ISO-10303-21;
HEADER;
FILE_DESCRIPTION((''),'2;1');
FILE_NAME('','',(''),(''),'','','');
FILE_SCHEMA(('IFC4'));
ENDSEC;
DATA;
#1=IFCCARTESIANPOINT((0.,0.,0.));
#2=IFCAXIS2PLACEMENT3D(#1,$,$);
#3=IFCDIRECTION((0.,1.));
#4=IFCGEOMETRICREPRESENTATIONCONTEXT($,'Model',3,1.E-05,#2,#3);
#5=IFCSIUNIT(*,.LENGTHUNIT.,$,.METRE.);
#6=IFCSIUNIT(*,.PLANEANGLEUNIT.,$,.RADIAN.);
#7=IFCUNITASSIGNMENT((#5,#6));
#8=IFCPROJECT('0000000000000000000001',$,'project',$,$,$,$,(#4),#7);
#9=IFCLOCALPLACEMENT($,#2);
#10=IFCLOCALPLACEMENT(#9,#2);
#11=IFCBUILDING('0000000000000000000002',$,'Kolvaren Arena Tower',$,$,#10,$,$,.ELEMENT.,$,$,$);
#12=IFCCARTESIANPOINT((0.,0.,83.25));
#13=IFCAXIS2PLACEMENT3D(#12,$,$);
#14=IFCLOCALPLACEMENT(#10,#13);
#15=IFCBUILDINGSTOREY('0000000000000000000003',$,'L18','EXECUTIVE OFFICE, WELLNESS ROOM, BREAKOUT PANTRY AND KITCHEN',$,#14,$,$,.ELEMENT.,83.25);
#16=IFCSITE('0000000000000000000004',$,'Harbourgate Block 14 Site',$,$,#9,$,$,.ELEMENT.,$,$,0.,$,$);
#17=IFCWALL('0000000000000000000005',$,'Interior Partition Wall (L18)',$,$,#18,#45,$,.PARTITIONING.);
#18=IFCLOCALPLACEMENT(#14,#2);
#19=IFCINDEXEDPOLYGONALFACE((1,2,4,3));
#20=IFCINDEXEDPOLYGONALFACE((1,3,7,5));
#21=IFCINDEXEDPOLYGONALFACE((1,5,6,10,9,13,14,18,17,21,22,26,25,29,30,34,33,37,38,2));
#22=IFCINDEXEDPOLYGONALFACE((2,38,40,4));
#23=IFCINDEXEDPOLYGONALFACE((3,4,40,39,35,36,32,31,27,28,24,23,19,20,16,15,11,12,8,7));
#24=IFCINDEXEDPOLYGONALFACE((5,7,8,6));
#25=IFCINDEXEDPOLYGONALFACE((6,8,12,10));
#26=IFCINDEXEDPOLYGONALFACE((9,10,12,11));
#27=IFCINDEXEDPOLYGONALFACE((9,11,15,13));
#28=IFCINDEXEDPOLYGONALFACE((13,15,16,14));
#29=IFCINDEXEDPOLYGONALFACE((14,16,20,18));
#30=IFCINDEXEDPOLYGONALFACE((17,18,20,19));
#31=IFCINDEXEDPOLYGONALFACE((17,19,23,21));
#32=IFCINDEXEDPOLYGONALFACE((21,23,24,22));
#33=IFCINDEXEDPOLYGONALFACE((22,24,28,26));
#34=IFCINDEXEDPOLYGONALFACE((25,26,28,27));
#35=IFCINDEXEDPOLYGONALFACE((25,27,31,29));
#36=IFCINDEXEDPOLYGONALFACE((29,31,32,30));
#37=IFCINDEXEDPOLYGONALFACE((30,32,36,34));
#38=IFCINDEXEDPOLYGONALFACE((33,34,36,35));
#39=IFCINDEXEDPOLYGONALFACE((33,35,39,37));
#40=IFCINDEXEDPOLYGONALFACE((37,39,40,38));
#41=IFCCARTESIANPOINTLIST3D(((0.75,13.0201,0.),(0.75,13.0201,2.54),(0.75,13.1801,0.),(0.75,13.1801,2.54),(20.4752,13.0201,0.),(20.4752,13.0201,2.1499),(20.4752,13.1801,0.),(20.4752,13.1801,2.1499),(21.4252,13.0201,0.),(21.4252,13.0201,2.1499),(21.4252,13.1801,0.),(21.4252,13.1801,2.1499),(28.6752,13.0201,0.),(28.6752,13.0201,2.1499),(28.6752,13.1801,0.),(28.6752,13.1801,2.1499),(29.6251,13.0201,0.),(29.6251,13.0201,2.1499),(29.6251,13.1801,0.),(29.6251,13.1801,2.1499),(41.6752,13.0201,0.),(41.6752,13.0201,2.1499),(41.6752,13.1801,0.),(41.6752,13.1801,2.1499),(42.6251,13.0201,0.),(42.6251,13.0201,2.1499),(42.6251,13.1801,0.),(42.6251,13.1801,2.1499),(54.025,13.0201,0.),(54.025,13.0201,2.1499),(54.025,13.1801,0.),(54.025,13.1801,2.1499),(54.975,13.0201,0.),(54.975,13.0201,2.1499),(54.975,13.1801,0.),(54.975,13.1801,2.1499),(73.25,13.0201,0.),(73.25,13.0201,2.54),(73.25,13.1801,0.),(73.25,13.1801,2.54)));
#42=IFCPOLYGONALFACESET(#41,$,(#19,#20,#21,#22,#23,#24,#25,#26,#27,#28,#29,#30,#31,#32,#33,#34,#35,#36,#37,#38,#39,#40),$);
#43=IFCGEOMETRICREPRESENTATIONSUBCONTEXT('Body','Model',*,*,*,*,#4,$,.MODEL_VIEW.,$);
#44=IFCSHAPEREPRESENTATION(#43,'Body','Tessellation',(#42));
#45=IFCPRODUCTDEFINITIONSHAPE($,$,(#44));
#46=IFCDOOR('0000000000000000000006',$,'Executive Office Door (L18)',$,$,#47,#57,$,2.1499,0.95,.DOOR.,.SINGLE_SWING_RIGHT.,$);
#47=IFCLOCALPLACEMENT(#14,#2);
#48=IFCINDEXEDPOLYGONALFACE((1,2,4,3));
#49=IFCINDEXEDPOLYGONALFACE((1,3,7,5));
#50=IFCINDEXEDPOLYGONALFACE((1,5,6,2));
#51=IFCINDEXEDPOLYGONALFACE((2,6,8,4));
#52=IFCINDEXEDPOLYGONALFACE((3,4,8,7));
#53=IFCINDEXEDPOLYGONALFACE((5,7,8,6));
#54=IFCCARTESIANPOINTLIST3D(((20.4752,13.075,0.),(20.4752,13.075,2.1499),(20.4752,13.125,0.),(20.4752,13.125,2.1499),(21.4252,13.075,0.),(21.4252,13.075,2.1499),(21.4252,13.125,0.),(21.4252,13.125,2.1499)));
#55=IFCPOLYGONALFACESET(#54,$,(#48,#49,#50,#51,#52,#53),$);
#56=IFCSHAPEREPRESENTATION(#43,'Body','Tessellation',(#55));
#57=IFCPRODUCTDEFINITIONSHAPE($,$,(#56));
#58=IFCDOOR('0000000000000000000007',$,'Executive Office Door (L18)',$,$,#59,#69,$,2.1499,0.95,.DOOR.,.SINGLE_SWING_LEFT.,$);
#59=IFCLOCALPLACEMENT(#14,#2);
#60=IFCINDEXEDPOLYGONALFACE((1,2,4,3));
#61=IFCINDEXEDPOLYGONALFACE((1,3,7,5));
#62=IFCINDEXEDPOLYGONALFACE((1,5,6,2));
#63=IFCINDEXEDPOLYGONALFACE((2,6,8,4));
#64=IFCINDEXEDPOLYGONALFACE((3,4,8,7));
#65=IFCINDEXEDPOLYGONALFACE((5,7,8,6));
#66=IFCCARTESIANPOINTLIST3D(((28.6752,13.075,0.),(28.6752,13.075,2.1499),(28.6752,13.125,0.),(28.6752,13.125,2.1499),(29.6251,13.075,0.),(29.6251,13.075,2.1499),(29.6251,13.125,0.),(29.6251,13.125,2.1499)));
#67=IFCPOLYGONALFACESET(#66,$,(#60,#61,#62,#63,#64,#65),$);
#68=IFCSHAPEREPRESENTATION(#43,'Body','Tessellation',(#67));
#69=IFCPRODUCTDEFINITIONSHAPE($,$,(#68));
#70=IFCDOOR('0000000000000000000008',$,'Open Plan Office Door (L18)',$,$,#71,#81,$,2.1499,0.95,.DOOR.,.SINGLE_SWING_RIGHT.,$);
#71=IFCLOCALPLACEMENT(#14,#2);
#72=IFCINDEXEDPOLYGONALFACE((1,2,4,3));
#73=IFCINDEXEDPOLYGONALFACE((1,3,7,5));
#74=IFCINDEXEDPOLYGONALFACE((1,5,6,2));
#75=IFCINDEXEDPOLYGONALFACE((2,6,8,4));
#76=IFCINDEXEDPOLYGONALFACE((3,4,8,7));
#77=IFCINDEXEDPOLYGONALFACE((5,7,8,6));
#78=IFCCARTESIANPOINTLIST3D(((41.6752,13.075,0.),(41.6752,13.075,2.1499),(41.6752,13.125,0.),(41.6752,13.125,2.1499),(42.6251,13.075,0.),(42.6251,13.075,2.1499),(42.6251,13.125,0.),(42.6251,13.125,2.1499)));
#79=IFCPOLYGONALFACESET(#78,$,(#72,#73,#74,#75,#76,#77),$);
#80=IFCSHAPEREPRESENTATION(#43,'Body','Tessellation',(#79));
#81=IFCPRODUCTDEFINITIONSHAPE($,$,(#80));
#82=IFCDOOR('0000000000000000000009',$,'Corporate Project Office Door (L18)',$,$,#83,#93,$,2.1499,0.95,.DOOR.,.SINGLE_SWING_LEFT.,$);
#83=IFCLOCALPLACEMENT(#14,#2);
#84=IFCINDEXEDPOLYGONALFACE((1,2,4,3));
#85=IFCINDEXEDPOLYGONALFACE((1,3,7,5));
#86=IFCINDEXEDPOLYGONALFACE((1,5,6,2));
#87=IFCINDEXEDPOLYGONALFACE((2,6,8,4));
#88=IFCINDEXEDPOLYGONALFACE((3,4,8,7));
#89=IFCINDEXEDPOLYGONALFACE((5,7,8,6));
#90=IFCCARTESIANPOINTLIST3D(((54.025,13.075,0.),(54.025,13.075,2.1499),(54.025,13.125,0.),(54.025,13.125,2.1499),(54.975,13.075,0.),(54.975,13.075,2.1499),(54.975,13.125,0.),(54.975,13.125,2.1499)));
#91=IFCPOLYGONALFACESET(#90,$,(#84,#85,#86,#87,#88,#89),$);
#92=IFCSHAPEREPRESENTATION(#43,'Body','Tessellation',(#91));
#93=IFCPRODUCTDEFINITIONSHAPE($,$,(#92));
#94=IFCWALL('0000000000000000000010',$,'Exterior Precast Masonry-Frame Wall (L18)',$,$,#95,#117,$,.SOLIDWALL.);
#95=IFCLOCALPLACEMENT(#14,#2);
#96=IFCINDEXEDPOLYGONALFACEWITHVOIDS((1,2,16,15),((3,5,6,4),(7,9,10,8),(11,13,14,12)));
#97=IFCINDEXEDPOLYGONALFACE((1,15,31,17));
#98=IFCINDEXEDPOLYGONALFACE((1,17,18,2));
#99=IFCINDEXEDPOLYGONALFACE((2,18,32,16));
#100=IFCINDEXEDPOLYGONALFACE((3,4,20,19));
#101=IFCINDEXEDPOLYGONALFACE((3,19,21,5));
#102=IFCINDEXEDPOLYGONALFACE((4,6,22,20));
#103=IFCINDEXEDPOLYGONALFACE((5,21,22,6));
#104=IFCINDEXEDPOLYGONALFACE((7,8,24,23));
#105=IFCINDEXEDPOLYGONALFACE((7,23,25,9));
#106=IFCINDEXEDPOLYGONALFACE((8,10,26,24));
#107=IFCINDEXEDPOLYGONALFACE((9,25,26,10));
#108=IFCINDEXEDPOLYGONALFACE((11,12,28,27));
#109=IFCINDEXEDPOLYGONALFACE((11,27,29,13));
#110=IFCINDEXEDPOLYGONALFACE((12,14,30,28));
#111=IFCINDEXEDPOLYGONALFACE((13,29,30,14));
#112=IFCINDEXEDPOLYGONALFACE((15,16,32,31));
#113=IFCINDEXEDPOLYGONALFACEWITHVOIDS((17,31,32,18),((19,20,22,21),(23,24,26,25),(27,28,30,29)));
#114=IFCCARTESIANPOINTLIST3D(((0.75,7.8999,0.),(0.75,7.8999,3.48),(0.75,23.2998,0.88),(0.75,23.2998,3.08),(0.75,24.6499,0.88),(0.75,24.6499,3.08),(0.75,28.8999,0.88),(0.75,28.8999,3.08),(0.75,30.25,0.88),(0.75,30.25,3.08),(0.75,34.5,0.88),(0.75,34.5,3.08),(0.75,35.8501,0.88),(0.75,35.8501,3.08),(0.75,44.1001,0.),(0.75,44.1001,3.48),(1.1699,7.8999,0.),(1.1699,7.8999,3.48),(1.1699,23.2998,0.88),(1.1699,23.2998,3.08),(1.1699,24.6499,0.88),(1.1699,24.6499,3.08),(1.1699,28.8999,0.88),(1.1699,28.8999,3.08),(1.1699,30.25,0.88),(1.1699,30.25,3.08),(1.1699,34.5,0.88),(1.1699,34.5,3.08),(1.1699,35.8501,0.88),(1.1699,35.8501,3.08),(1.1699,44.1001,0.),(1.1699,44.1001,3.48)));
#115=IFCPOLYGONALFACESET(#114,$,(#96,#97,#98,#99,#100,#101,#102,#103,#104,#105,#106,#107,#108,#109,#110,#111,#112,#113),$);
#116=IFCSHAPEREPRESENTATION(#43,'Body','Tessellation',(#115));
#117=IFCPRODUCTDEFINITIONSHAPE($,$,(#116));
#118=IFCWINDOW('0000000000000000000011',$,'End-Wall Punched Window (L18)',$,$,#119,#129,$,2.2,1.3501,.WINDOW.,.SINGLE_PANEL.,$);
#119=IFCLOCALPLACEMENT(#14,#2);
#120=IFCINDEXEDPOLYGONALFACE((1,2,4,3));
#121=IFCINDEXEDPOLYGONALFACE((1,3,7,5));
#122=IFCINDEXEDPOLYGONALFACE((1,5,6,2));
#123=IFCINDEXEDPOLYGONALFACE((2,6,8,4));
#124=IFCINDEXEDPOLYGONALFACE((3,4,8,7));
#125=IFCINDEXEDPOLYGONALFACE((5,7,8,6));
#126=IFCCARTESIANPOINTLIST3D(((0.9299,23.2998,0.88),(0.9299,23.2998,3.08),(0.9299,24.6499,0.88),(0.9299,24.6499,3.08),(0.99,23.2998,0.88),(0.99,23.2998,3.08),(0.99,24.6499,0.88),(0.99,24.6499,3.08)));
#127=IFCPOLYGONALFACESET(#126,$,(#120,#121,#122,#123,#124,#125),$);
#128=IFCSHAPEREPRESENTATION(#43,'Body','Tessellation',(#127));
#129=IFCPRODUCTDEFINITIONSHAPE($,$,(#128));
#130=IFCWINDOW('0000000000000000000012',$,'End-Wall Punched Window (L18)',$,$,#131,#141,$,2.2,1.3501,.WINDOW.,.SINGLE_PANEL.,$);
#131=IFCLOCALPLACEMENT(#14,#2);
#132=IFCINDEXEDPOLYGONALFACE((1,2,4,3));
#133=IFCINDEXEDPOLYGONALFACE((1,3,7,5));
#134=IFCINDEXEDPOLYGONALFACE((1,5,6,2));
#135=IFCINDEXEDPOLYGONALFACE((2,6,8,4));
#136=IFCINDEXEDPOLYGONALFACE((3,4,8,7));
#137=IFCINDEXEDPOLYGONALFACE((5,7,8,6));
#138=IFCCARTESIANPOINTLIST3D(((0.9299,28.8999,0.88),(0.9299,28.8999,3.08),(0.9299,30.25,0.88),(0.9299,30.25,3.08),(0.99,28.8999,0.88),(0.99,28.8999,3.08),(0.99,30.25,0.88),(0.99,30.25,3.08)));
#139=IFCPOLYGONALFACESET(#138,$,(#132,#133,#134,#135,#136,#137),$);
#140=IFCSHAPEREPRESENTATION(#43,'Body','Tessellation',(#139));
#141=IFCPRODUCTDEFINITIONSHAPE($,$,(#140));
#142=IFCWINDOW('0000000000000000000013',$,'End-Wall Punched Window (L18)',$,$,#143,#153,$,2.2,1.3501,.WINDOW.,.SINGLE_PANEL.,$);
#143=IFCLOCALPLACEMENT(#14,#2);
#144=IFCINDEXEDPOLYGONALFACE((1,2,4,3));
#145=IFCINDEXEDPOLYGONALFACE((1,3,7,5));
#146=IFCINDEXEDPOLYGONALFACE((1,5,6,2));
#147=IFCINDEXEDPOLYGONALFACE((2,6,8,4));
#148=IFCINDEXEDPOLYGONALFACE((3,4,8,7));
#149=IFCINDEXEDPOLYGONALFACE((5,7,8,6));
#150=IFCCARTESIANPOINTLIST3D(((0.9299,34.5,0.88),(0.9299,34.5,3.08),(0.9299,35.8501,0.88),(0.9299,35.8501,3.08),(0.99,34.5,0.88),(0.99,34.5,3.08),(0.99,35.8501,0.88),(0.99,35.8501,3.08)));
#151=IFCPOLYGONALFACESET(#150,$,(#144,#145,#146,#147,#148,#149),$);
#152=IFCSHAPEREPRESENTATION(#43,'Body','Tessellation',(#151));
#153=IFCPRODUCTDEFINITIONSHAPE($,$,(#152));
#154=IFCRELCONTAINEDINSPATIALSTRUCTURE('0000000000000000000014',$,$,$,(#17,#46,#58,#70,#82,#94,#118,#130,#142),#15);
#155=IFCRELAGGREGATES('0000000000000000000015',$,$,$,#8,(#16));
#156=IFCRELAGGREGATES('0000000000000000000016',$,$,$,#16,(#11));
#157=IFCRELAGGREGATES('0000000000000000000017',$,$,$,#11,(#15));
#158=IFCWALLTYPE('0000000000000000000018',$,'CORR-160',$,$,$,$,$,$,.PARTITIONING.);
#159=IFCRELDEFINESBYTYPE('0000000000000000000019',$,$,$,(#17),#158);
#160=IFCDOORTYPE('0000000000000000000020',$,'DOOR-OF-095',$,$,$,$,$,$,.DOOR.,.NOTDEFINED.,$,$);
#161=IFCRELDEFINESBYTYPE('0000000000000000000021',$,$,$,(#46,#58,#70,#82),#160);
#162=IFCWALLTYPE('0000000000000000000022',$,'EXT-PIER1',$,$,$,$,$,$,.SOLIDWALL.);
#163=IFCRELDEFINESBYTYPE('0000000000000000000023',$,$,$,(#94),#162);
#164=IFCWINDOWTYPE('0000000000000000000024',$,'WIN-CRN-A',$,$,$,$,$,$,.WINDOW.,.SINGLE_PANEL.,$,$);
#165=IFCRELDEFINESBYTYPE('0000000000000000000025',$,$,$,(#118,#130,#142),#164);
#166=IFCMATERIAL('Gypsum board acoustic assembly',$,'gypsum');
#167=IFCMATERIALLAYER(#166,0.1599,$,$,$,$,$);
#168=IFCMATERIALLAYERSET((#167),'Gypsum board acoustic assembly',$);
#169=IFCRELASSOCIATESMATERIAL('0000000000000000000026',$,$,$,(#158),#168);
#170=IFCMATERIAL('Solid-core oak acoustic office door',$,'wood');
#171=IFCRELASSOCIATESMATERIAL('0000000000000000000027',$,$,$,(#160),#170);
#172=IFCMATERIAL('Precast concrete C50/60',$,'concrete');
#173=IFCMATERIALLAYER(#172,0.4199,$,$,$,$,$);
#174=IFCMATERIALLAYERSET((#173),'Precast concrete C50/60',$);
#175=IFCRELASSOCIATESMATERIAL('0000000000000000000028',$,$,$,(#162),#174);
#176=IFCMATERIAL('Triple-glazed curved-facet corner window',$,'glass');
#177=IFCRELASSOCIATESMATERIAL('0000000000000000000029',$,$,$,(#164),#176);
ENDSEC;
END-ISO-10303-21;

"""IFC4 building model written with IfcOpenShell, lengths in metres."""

from ifc_helpers import new_model, si_unit, direction, frame, frame_2d, origin, place, context, subcontext, project, spatial, rectangle, extrude, material, layer, layer_set, type_object, element, fill, save


model = new_model("IFC4")

# Units and contexts
model_context = context("Model", 3, precision=1e-05, world=origin(), true_north=direction((0.0, 1.0)))
body_context = subcontext(model_context, "Body", "Model", "MODEL_VIEW")
ifc_project = project(units=[si_unit("LENGTHUNIT", "METRE"), si_unit("PLANEANGLEUNIT", "RADIAN")], contexts=[model_context])

# Site, building, storey
site_placement = place(None, origin())
site = spatial("IfcSite", under=ifc_project, at=site_placement, Name="Harbourgate Block 14 Site", CompositionType="ELEMENT", RefElevation=0.0)
building_placement = place(site_placement, origin())
building = spatial("IfcBuilding", under=site, at=building_placement, Name="Kolvaren Arena Tower", CompositionType="ELEMENT")
storey_placement = place(building_placement, frame((0.0, 0.0, 83.25)))
storey = spatial("IfcBuildingStorey", under=building, at=storey_placement, Name="L18", Description="EXECUTIVE OFFICE, WELLNESS ROOM, BREAKOUT PANTRY AND KITCHEN", CompositionType="ELEMENT", Elevation=83.25)

# Wall, openings, doors
ifc_material_1 = material(Name="Gypsum board acoustic assembly", Category="gypsum")
ifc_layer_1 = layer(ifc_material_1, 0.1599)
ifc_layer_set_1 = layer_set([ifc_layer_1], Name="Gypsum board acoustic assembly")
wall_type_1 = type_object("IfcWallType", Name="CORR-160", PredefinedType="PARTITIONING", material=ifc_layer_set_1)
wall_1_placement = place(storey_placement, frame((0.75, 13.1001, 0.0), z_axis=(0.0, 0.0, 1.0), x_axis=(1.0, 0.0, 0.0)))
wall_1 = element("IfcWall", 1, at=wall_1_placement, inside=storey, type_object=wall_type_1, Name="Interior Partition Wall (L18)", PredefinedType="PARTITIONING", context=body_context, shape_type="SweptSolid", body=[
    extrude(rectangle(XDim=72.5, YDim=0.1599, at=frame_2d((36.25, 0.0))), origin(), (0.0, 0.0, 1.0), 2.54),
])
opening_1_placement = place(wall_1_placement, frame((19.7251, 0.0, 0.0)))
opening_1 = element("IfcOpeningElement", 2, at=opening_1_placement, cuts=wall_1, PredefinedType="OPENING", context=body_context, shape_type="SweptSolid", body=[
    extrude(rectangle(XDim=0.95, YDim=2.1499, at=frame_2d((0.4751, 1.075))), frame((0.0, 0.0898, 0.0), z_axis=(0.0, -1.0, 0.0), x_axis=(1.0, 0.0, 0.0)), (0.0, 0.0, 1.0), 0.1799),
])
opening_2_placement = place(wall_1_placement, frame((27.925, 0.0, 0.0)))
opening_2 = element("IfcOpeningElement", 3, at=opening_2_placement, cuts=wall_1, PredefinedType="OPENING", context=body_context, shape_type="SweptSolid", body=[
    extrude(rectangle(XDim=0.95, YDim=2.1499, at=frame_2d((0.4751, 1.075))), frame((0.0, 0.0898, 0.0), z_axis=(0.0, -1.0, 0.0), x_axis=(1.0, 0.0, 0.0)), (0.0, 0.0, 1.0), 0.1799),
])
opening_3_placement = place(wall_1_placement, frame((40.925, 0.0, 0.0)))
opening_3 = element("IfcOpeningElement", 4, at=opening_3_placement, cuts=wall_1, PredefinedType="OPENING", context=body_context, shape_type="SweptSolid", body=[
    extrude(rectangle(XDim=0.95, YDim=2.1499, at=frame_2d((0.4751, 1.075))), frame((0.0, 0.0898, 0.0), z_axis=(0.0, -1.0, 0.0), x_axis=(1.0, 0.0, 0.0)), (0.0, 0.0, 1.0), 0.1799),
])
opening_4_placement = place(wall_1_placement, frame((53.2749, 0.0, 0.0)))
opening_4 = element("IfcOpeningElement", 5, at=opening_4_placement, cuts=wall_1, PredefinedType="OPENING", context=body_context, shape_type="SweptSolid", body=[
    extrude(rectangle(XDim=0.95, YDim=2.1499, at=frame_2d((0.4751, 1.075))), frame((0.0, 0.0898, 0.0), z_axis=(0.0, -1.0, 0.0), x_axis=(1.0, 0.0, 0.0)), (0.0, 0.0, 1.0), 0.1799),
])
ifc_material_2 = material(Name="Solid-core oak acoustic office door", Category="wood")
door_type = type_object("IfcDoorType", Name="DOOR-OF-095", OperationType="NOTDEFINED", PredefinedType="DOOR", material=ifc_material_2)
door_1_placement = place(opening_1_placement, origin())
door_1 = element("IfcDoor", 6, at=door_1_placement, inside=storey, type_object=door_type, Name="Executive Office Door (L18)", OperationType="SINGLE_SWING_RIGHT", OverallHeight=2.1499, OverallWidth=0.95, PredefinedType="DOOR", context=body_context, shape_type="SweptSolid", body=[
    extrude(rectangle(XDim=0.95, YDim=2.1499, at=frame_2d((0.4751, 1.075))), frame((0.0, 0.0249, 0.0), z_axis=(0.0, -1.0, 0.0), x_axis=(1.0, 0.0, 0.0)), (0.0, 0.0, 1.0), 0.05),
])
fill(opening_1, door_1)
door_2_placement = place(opening_2_placement, origin())
door_2 = element("IfcDoor", 7, at=door_2_placement, inside=storey, type_object=door_type, Name="Executive Office Door (L18)", OperationType="SINGLE_SWING_LEFT", OverallHeight=2.1499, OverallWidth=0.95, PredefinedType="DOOR", context=body_context, shape_type="SweptSolid", body=[
    extrude(rectangle(XDim=0.95, YDim=2.1499, at=frame_2d((0.4751, 1.075))), frame((0.0, 0.0249, 0.0), z_axis=(0.0, -1.0, 0.0), x_axis=(1.0, 0.0, 0.0)), (0.0, 0.0, 1.0), 0.05),
])
fill(opening_2, door_2)
door_3_placement = place(opening_3_placement, origin())
door_3 = element("IfcDoor", 8, at=door_3_placement, inside=storey, type_object=door_type, Name="Open Plan Office Door (L18)", OperationType="SINGLE_SWING_RIGHT", OverallHeight=2.1499, OverallWidth=0.95, PredefinedType="DOOR", context=body_context, shape_type="SweptSolid", body=[
    extrude(rectangle(XDim=0.95, YDim=2.1499, at=frame_2d((0.4751, 1.075))), frame((0.0, 0.0249, 0.0), z_axis=(0.0, -1.0, 0.0), x_axis=(1.0, 0.0, 0.0)), (0.0, 0.0, 1.0), 0.05),
])
fill(opening_3, door_3)
door_4_placement = place(opening_4_placement, origin())
door_4 = element("IfcDoor", 9, at=door_4_placement, inside=storey, type_object=door_type, Name="Corporate Project Office Door (L18)", OperationType="SINGLE_SWING_LEFT", OverallHeight=2.1499, OverallWidth=0.95, PredefinedType="DOOR", context=body_context, shape_type="SweptSolid", body=[
    extrude(rectangle(XDim=0.95, YDim=2.1499, at=frame_2d((0.4751, 1.075))), frame((0.0, 0.0249, 0.0), z_axis=(0.0, -1.0, 0.0), x_axis=(1.0, 0.0, 0.0)), (0.0, 0.0, 1.0), 0.05),
])
fill(opening_4, door_4)

# Wall, openings, windows
ifc_material_3 = material(Name="Precast concrete C50/60", Category="concrete")
ifc_layer_2 = layer(ifc_material_3, 0.4199)
ifc_layer_set_2 = layer_set([ifc_layer_2], Name="Precast concrete C50/60")
wall_type_2 = type_object("IfcWallType", Name="EXT-PIER1", PredefinedType="SOLIDWALL", material=ifc_layer_set_2)
wall_2_placement = place(storey_placement, frame((0.96, 7.8999, 0.0), z_axis=(0.0, 0.0, 1.0), x_axis=(0.0, 1.0, 0.0)))
wall_2 = element("IfcWall", 10, at=wall_2_placement, inside=storey, type_object=wall_type_2, Name="Exterior Precast Masonry-Frame Wall (L18)", PredefinedType="SOLIDWALL", context=body_context, shape_type="SweptSolid", body=[
    extrude(rectangle(XDim=36.2002, YDim=0.4199, at=frame_2d((18.1001, 0.0))), origin(), (0.0, 0.0, 1.0), 3.48),
])
opening_5_placement = place(wall_2_placement, frame((15.3999, 0.0, 0.8799)))
opening_5 = element("IfcOpeningElement", 11, at=opening_5_placement, cuts=wall_2, PredefinedType="OPENING", context=body_context, shape_type="SweptSolid", body=[
    extrude(rectangle(XDim=1.3501, YDim=2.2, at=frame_2d((0.675, 1.1001))), frame((0.0, 0.22, 0.0), z_axis=(0.0, -1.0, 0.0), x_axis=(1.0, 0.0, 0.0)), (0.0, 0.0, 1.0), 0.4399),
])
opening_6_placement = place(wall_2_placement, frame((21.0, 0.0, 0.8799)))
opening_6 = element("IfcOpeningElement", 12, at=opening_6_placement, cuts=wall_2, PredefinedType="OPENING", context=body_context, shape_type="SweptSolid", body=[
    extrude(rectangle(XDim=1.3501, YDim=2.2, at=frame_2d((0.675, 1.1001))), frame((0.0, 0.22, 0.0), z_axis=(0.0, -1.0, 0.0), x_axis=(1.0, 0.0, 0.0)), (0.0, 0.0, 1.0), 0.4399),
])
opening_7_placement = place(wall_2_placement, frame((26.6001, 0.0, 0.8799)))
opening_7 = element("IfcOpeningElement", 13, at=opening_7_placement, cuts=wall_2, PredefinedType="OPENING", context=body_context, shape_type="SweptSolid", body=[
    extrude(rectangle(XDim=1.3501, YDim=2.2, at=frame_2d((0.675, 1.1001))), frame((0.0, 0.22, 0.0), z_axis=(0.0, -1.0, 0.0), x_axis=(1.0, 0.0, 0.0)), (0.0, 0.0, 1.0), 0.4399),
])
ifc_material_4 = material(Name="Triple-glazed curved-facet corner window", Category="glass")
window_type = type_object("IfcWindowType", Name="WIN-CRN-A", PartitioningType="SINGLE_PANEL", PredefinedType="WINDOW", material=ifc_material_4)
window_1_placement = place(opening_5_placement, origin())
window_1 = element("IfcWindow", 14, at=window_1_placement, inside=storey, type_object=window_type, Name="End-Wall Punched Window (L18)", OverallHeight=2.2, OverallWidth=1.3501, PartitioningType="SINGLE_PANEL", PredefinedType="WINDOW", context=body_context, shape_type="SweptSolid", body=[
    extrude(rectangle(XDim=1.3501, YDim=2.2, at=frame_2d((0.675, 1.1001))), frame((0.0, 0.03, 0.0), z_axis=(0.0, -1.0, 0.0), x_axis=(1.0, 0.0, 0.0)), (0.0, 0.0, 1.0), 0.0601),
])
fill(opening_5, window_1)
window_2_placement = place(opening_6_placement, origin())
window_2 = element("IfcWindow", 15, at=window_2_placement, inside=storey, type_object=window_type, Name="End-Wall Punched Window (L18)", OverallHeight=2.2, OverallWidth=1.3501, PartitioningType="SINGLE_PANEL", PredefinedType="WINDOW", context=body_context, shape_type="SweptSolid", body=[
    extrude(rectangle(XDim=1.3501, YDim=2.2, at=frame_2d((0.675, 1.1001))), frame((0.0, 0.03, 0.0), z_axis=(0.0, -1.0, 0.0), x_axis=(1.0, 0.0, 0.0)), (0.0, 0.0, 1.0), 0.0601),
])
fill(opening_6, window_2)
window_3_placement = place(opening_7_placement, origin())
window_3 = element("IfcWindow", 16, at=window_3_placement, inside=storey, type_object=window_type, Name="End-Wall Punched Window (L18)", OverallHeight=2.2, OverallWidth=1.3501, PartitioningType="SINGLE_PANEL", PredefinedType="WINDOW", context=body_context, shape_type="SweptSolid", body=[
    extrude(rectangle(XDim=1.3501, YDim=2.2, at=frame_2d((0.675, 1.1001))), frame((0.0, 0.03, 0.0), z_axis=(0.0, -1.0, 0.0), x_axis=(1.0, 0.0, 0.0)), (0.0, 0.0, 1.0), 0.0601),
])
fill(opening_7, window_3)

save(model, "model.ifc")
